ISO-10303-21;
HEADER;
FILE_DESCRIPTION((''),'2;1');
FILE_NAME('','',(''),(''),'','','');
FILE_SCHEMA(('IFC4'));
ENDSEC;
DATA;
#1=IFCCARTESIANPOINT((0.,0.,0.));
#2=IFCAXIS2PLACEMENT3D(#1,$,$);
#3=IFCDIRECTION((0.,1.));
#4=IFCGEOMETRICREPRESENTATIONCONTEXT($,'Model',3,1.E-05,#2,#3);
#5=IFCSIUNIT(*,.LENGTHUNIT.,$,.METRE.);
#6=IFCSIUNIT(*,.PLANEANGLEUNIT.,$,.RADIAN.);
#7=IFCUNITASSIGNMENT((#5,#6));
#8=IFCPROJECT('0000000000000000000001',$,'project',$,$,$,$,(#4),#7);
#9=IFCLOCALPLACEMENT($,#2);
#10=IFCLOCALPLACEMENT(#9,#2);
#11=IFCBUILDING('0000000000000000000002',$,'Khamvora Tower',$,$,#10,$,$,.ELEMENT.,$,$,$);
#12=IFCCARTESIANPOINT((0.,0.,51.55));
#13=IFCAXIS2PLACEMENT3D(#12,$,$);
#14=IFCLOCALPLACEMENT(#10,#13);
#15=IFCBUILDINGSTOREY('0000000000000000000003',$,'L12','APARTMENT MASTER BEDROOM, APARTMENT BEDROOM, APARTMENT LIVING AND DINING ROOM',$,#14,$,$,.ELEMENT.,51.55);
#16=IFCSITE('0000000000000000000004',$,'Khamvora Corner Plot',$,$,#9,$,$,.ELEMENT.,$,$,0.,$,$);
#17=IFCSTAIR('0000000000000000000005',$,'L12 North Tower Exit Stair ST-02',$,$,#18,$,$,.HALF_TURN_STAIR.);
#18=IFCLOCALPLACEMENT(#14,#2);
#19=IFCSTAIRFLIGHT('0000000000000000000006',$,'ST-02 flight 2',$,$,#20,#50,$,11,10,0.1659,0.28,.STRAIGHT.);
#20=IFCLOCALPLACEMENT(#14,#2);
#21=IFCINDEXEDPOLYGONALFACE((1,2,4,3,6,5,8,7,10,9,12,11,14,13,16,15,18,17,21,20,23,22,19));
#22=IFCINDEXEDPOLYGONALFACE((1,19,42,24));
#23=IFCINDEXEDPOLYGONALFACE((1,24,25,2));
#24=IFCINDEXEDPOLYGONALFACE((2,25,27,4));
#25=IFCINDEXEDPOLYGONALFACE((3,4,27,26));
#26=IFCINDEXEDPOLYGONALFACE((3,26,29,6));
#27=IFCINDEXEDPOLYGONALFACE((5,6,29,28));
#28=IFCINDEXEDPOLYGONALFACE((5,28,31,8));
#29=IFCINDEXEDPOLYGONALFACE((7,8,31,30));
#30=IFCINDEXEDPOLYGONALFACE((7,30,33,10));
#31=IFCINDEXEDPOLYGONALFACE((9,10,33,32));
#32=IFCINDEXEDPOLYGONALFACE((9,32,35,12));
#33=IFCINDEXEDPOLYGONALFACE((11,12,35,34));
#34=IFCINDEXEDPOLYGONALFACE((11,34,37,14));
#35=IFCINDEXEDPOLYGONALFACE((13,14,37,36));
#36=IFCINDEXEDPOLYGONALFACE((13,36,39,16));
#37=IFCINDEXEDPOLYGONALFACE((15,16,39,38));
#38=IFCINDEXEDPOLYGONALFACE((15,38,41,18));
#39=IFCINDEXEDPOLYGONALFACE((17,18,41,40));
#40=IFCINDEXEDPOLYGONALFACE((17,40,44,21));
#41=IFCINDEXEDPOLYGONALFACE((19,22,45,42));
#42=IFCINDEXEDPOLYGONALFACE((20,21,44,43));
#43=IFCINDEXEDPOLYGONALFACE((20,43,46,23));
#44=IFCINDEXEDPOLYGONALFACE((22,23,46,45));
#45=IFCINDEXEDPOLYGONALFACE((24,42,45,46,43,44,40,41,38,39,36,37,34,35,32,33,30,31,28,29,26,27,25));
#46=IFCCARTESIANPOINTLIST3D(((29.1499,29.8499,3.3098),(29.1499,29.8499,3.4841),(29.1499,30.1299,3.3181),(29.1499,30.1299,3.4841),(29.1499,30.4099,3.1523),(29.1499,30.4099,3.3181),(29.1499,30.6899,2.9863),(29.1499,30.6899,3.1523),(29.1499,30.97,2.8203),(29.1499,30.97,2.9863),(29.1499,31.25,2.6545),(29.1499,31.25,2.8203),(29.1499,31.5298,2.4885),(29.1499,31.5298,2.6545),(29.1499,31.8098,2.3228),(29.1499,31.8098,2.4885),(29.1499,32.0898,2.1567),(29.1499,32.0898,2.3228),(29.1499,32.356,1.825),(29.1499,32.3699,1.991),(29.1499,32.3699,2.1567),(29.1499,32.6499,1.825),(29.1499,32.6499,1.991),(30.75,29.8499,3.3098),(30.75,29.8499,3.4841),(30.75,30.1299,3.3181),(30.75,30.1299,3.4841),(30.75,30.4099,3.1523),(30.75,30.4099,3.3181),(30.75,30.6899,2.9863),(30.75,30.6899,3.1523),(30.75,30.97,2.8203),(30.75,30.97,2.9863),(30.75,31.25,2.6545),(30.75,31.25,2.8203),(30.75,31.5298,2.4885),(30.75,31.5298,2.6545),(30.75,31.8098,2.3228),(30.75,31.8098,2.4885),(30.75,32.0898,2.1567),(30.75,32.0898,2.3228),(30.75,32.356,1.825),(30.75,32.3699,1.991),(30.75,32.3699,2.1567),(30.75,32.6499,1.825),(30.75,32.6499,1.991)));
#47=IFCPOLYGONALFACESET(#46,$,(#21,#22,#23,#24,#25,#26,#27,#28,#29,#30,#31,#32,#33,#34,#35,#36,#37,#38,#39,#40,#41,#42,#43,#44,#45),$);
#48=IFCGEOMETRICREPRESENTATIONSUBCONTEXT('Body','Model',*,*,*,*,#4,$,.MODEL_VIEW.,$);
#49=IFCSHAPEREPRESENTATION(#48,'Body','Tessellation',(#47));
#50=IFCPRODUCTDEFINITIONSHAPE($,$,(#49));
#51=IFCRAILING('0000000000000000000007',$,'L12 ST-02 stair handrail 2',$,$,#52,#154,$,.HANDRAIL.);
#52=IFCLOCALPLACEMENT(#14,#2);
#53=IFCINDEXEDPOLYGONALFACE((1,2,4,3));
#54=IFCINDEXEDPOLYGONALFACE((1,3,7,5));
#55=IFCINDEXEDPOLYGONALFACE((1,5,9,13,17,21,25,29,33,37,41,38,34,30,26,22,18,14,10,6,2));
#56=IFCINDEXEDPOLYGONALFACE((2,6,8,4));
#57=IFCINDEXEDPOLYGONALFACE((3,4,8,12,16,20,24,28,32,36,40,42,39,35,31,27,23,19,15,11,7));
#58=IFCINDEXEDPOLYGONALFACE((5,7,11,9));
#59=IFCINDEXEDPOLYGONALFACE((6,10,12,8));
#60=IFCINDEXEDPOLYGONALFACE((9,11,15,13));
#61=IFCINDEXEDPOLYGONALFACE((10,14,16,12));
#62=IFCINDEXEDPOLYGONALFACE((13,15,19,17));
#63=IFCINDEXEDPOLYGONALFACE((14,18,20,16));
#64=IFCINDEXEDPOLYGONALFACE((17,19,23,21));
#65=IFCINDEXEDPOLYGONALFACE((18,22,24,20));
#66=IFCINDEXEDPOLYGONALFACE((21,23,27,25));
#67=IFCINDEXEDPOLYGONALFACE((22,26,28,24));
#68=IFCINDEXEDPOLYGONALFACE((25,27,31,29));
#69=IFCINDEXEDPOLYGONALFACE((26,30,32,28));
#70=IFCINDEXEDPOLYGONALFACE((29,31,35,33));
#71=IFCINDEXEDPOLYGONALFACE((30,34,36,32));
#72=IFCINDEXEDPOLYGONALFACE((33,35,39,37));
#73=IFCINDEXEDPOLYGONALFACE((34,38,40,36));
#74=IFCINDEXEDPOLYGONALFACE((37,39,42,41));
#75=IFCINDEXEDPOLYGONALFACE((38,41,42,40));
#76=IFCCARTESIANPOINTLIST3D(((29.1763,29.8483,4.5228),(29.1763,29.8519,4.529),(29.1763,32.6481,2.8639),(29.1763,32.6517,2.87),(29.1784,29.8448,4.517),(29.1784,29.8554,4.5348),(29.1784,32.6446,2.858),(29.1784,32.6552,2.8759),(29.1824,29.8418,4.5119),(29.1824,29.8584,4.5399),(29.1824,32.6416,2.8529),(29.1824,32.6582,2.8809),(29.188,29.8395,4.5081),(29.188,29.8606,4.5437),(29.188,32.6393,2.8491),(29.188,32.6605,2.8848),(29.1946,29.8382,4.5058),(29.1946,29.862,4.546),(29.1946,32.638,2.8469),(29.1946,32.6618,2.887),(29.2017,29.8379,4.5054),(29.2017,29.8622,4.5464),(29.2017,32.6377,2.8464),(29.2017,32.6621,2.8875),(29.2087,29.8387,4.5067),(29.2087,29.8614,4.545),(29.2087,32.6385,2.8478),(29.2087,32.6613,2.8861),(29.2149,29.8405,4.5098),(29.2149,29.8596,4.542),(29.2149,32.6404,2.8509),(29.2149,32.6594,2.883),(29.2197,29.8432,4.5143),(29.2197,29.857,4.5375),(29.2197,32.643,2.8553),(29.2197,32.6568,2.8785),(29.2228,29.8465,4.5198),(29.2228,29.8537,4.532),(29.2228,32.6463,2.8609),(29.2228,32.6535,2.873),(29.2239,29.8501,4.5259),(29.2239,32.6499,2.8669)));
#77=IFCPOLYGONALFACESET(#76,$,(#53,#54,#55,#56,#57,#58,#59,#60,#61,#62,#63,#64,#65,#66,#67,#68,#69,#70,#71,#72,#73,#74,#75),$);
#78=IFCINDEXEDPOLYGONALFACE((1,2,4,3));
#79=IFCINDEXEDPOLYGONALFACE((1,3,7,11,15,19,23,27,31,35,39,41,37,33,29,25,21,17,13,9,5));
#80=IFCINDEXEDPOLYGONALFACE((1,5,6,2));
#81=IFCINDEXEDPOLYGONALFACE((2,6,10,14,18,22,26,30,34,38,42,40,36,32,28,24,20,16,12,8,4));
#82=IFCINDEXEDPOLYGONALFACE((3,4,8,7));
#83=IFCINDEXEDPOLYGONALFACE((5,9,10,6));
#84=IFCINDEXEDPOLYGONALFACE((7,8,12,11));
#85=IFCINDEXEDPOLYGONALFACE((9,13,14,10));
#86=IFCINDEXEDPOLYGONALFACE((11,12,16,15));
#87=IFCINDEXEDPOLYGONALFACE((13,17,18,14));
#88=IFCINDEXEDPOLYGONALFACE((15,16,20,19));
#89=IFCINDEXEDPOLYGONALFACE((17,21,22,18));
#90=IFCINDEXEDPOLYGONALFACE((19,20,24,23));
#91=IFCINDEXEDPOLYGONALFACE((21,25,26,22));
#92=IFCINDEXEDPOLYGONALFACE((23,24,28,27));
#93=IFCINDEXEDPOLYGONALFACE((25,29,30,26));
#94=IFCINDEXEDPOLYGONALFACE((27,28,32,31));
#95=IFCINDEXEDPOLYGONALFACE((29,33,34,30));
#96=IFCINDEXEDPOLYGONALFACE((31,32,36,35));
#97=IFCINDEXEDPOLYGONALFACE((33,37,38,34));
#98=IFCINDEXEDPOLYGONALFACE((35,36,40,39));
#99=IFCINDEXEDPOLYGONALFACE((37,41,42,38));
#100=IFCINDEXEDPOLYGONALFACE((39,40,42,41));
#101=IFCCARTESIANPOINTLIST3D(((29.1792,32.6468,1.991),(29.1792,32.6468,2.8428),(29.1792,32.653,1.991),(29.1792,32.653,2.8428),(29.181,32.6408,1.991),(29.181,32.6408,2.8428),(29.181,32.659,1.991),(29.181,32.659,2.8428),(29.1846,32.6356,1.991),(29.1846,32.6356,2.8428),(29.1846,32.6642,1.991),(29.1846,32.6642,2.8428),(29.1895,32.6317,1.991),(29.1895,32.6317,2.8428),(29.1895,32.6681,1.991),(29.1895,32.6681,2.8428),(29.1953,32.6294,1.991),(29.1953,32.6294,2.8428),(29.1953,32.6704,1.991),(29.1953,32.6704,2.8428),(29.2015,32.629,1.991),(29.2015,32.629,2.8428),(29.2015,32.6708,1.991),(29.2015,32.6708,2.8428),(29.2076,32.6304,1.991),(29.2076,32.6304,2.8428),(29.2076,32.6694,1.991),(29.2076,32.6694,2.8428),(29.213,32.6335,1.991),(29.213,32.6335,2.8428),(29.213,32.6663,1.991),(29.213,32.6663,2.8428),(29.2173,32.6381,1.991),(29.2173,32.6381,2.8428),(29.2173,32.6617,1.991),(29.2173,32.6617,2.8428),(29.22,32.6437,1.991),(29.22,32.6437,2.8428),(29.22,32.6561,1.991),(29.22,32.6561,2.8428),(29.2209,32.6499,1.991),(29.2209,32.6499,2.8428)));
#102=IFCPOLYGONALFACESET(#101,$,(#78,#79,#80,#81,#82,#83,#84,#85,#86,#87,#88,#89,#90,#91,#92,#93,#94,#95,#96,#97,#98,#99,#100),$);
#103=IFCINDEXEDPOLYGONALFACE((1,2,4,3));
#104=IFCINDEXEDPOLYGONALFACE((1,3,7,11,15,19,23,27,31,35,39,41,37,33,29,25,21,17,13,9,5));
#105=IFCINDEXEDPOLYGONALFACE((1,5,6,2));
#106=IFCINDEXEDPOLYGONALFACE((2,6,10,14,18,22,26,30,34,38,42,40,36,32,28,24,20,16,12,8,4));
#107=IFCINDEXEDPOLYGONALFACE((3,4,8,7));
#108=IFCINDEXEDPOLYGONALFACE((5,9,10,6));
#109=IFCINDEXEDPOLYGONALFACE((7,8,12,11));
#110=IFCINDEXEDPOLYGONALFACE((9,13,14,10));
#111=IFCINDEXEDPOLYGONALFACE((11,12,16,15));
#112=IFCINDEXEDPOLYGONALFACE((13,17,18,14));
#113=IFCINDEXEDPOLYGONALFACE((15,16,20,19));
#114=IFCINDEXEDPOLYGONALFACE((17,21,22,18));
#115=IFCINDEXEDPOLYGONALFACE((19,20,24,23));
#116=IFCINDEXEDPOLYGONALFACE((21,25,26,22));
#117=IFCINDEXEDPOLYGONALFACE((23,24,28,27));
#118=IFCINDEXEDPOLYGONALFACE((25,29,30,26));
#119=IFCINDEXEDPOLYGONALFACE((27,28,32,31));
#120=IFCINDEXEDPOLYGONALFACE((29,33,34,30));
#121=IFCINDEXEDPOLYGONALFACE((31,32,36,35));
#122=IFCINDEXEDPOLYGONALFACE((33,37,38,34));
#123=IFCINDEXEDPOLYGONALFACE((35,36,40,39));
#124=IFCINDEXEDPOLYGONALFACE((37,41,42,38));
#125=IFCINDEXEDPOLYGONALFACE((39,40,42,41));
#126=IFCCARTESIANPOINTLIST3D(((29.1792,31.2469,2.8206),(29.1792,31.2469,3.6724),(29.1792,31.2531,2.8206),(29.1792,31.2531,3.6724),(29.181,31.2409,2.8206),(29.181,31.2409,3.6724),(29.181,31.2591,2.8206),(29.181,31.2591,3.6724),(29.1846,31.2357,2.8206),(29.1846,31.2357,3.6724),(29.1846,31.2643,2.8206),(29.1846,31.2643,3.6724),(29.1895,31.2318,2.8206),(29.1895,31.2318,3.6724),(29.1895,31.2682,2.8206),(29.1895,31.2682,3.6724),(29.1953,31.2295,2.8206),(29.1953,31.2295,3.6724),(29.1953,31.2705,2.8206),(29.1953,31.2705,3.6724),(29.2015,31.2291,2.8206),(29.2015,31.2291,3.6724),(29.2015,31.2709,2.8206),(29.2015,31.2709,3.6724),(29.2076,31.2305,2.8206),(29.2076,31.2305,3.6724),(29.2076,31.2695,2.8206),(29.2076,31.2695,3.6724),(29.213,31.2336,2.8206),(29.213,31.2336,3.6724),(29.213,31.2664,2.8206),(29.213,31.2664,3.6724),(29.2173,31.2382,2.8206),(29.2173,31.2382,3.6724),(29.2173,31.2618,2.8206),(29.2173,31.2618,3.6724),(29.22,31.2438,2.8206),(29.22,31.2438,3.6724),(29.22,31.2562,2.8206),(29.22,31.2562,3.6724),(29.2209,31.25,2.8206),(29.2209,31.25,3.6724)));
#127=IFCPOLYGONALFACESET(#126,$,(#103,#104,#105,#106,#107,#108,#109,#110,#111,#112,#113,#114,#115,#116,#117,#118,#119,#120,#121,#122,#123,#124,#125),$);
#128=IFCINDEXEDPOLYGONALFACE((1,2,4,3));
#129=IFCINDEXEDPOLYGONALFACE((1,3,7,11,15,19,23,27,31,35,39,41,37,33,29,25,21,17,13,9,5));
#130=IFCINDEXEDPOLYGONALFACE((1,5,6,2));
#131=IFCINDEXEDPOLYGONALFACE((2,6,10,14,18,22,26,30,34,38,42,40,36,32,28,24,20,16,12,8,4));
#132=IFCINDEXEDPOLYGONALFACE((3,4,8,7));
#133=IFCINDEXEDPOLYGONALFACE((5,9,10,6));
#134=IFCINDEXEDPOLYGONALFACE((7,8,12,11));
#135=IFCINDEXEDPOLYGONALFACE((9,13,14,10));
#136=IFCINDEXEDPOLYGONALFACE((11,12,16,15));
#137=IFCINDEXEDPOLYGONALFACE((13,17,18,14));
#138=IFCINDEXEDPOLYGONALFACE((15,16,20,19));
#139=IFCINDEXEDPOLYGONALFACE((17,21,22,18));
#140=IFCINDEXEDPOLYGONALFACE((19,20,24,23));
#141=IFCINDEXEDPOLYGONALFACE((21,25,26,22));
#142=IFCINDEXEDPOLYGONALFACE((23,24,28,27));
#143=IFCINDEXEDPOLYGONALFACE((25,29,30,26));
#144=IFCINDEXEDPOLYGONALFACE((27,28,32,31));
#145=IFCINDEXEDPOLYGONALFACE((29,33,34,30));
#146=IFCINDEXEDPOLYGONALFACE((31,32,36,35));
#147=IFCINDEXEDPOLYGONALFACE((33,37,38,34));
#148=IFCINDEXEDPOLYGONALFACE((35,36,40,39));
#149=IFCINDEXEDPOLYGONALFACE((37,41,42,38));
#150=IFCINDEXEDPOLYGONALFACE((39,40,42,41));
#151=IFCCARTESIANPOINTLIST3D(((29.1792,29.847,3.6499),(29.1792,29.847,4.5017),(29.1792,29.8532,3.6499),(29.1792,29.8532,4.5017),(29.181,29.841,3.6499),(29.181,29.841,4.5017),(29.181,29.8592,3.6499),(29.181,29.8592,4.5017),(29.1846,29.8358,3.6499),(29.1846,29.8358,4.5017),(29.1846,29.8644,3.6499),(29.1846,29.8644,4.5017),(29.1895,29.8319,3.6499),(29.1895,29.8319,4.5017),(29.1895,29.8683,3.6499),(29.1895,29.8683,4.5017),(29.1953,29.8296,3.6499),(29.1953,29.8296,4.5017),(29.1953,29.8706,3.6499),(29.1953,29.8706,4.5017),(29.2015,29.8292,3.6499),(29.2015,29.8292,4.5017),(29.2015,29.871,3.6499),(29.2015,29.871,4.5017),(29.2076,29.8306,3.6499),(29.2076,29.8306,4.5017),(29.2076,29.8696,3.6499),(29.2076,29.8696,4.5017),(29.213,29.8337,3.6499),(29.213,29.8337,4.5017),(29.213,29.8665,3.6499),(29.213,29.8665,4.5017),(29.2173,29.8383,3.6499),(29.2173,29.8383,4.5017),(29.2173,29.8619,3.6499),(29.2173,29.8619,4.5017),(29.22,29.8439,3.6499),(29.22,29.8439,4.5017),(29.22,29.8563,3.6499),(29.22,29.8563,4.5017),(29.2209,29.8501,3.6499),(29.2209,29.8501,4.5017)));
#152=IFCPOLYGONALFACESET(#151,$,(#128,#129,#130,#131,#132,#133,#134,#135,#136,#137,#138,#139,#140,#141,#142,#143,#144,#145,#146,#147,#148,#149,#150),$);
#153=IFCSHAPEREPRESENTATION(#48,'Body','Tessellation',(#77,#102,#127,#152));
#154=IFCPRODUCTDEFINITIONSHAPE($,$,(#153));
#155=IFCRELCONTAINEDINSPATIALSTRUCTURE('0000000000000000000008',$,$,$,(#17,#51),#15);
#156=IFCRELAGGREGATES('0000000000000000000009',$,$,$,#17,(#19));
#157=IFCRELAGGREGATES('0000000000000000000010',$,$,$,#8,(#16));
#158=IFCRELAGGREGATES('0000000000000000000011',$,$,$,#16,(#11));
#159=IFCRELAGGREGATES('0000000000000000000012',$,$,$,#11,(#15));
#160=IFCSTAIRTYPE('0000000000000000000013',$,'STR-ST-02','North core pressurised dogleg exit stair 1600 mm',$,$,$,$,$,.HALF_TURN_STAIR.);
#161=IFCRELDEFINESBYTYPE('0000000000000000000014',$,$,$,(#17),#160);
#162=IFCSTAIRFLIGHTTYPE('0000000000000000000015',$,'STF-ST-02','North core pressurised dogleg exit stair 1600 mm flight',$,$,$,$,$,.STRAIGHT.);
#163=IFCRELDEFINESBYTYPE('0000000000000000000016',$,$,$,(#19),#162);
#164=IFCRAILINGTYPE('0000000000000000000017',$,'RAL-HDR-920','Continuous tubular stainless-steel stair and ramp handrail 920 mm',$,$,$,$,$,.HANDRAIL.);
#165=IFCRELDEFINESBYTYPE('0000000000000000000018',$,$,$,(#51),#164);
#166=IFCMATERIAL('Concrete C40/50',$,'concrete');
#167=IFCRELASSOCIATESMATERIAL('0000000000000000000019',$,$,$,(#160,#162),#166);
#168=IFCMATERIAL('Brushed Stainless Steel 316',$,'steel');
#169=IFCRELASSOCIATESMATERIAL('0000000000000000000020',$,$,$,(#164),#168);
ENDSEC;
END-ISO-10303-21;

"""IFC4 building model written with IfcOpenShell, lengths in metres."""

from ifc_helpers import new_model, si_unit, direction, frame, origin, origin_2d, place, context, subcontext, project, spatial, polyline, circle, outline, extrude, material, type_object, element, aggregate, save


model = new_model("IFC4")

# Units and contexts
model_context = context("Model", 3, precision=1e-05, world=origin(), true_north=direction((0.0, 1.0)))
body_context = subcontext(model_context, "Body", "Model", "MODEL_VIEW")
ifc_project = project(units=[si_unit("LENGTHUNIT", "METRE"), si_unit("PLANEANGLEUNIT", "RADIAN")], contexts=[model_context])

# Site, building, storey
site_placement = place(None, origin())
site = spatial("IfcSite", under=ifc_project, at=site_placement, Name="Khamvora Corner Plot", CompositionType="ELEMENT", RefElevation=0.0)
building_placement = place(site_placement, origin())
building = spatial("IfcBuilding", under=site, at=building_placement, Name="Khamvora Tower", CompositionType="ELEMENT")
storey_placement = place(building_placement, frame((0.0, 0.0, 51.55)))
storey = spatial("IfcBuildingStorey", under=building, at=storey_placement, Name="L12", Description="APARTMENT MASTER BEDROOM, APARTMENT BEDROOM, APARTMENT LIVING AND DINING ROOM", CompositionType="ELEMENT", Elevation=51.55)

# Stair, stair flight
ifc_material_1 = material(Name="Concrete C40/50", Category="concrete")
stair_type = type_object("IfcStairType", Name="STR-ST-02", Description="North core pressurised dogleg exit stair 1600 mm", PredefinedType="HALF_TURN_STAIR", material=ifc_material_1)
stair_placement = place(storey_placement, origin())
stair = element("IfcStair", 1, at=stair_placement, inside=storey, type_object=stair_type, Name="L12 North Tower Exit Stair ST-02", PredefinedType="HALF_TURN_STAIR")
stair_flight_type = type_object("IfcStairFlightType", Name="STF-ST-02", Description="North core pressurised dogleg exit stair 1600 mm flight", PredefinedType="STRAIGHT", material=ifc_material_1)
stair_flight_placement = place(storey_placement, frame((29.95, 32.6499, 1.825), z_axis=(0.0, 0.0, 1.0), x_axis=(0.0, -1.0, 0.0)))
stair_flight = element("IfcStairFlight", 2, at=stair_flight_placement, type_object=stair_flight_type, Name="ST-02 flight 2", NumberOfRisers=11, NumberOfTreads=10, PredefinedType="STRAIGHT", RiserHeight=0.1659, TreadLength=0.28, context=body_context, shape_type="SweptSolid", body=[
    extrude(outline(polyline([(0.0, 0.0), (0.0, 0.166), (0.28, 0.166), (0.28, 0.3318), (0.5601, 0.3318), (0.5601, 0.4978), (0.8401, 0.4978), (0.8401, 0.6636), (1.1201, 0.6636), (1.1201, 0.8296), (1.3999, 0.8296), (1.3999, 0.9954), (1.6799, 0.9954), (1.6799, 1.1614), (1.96, 1.1614), (1.96, 1.3274), (2.24, 1.3274), (2.24, 1.4932), (2.52, 1.4932), (2.52, 1.6592), (2.8, 1.6592), (2.8, 1.825), (2.8, 1.4849), (0.2939, 0.0), (0.0, 0.0)])), frame((0.0, 0.8, 0.0), z_axis=(0.0, -1.0, 0.0), x_axis=(1.0, 0.0, 0.0)), (0.0, 0.0, 1.0), 1.6001),
])
aggregate(stair, [stair_flight])

# Railing
ifc_material_2 = material(Name="Brushed Stainless Steel 316", Category="steel")
railing_type = type_object("IfcRailingType", Name="RAL-HDR-920", Description="Continuous tubular stainless-steel stair and ramp handrail 920 mm", PredefinedType="HANDRAIL", material=ifc_material_2)
railing_placement = place(storey_placement, frame((29.2, 32.6499, 1.991)))
element("IfcRailing", 3, at=railing_placement, inside=storey, type_object=railing_type, Name="L12 ST-02 stair handrail 2", PredefinedType="HANDRAIL", context=body_context, shape_type="SweptSolid", body=[
    extrude(circle(Radius=0.0239, at=origin_2d()), frame((0.0, 0.0, 0.876), z_axis=(0.0, -0.86032, 0.509755), x_axis=(1.0, 0.0, 0.0)), (0.0, 0.0, 1.0), 3.2544),
    extrude(circle(Radius=0.021, at=origin_2d()), origin(), (0.0, 0.0, 1.0), 0.8518),
    extrude(circle(Radius=0.021, at=origin_2d()), frame((0.0, -1.3999, 0.8296)), (0.0, 0.0, 1.0), 0.8518),
    extrude(circle(Radius=0.021, at=origin_2d()), frame((0.0, -2.7998, 1.6589)), (0.0, 0.0, 1.0), 0.8518),
])

save(model, "model.ifc")
